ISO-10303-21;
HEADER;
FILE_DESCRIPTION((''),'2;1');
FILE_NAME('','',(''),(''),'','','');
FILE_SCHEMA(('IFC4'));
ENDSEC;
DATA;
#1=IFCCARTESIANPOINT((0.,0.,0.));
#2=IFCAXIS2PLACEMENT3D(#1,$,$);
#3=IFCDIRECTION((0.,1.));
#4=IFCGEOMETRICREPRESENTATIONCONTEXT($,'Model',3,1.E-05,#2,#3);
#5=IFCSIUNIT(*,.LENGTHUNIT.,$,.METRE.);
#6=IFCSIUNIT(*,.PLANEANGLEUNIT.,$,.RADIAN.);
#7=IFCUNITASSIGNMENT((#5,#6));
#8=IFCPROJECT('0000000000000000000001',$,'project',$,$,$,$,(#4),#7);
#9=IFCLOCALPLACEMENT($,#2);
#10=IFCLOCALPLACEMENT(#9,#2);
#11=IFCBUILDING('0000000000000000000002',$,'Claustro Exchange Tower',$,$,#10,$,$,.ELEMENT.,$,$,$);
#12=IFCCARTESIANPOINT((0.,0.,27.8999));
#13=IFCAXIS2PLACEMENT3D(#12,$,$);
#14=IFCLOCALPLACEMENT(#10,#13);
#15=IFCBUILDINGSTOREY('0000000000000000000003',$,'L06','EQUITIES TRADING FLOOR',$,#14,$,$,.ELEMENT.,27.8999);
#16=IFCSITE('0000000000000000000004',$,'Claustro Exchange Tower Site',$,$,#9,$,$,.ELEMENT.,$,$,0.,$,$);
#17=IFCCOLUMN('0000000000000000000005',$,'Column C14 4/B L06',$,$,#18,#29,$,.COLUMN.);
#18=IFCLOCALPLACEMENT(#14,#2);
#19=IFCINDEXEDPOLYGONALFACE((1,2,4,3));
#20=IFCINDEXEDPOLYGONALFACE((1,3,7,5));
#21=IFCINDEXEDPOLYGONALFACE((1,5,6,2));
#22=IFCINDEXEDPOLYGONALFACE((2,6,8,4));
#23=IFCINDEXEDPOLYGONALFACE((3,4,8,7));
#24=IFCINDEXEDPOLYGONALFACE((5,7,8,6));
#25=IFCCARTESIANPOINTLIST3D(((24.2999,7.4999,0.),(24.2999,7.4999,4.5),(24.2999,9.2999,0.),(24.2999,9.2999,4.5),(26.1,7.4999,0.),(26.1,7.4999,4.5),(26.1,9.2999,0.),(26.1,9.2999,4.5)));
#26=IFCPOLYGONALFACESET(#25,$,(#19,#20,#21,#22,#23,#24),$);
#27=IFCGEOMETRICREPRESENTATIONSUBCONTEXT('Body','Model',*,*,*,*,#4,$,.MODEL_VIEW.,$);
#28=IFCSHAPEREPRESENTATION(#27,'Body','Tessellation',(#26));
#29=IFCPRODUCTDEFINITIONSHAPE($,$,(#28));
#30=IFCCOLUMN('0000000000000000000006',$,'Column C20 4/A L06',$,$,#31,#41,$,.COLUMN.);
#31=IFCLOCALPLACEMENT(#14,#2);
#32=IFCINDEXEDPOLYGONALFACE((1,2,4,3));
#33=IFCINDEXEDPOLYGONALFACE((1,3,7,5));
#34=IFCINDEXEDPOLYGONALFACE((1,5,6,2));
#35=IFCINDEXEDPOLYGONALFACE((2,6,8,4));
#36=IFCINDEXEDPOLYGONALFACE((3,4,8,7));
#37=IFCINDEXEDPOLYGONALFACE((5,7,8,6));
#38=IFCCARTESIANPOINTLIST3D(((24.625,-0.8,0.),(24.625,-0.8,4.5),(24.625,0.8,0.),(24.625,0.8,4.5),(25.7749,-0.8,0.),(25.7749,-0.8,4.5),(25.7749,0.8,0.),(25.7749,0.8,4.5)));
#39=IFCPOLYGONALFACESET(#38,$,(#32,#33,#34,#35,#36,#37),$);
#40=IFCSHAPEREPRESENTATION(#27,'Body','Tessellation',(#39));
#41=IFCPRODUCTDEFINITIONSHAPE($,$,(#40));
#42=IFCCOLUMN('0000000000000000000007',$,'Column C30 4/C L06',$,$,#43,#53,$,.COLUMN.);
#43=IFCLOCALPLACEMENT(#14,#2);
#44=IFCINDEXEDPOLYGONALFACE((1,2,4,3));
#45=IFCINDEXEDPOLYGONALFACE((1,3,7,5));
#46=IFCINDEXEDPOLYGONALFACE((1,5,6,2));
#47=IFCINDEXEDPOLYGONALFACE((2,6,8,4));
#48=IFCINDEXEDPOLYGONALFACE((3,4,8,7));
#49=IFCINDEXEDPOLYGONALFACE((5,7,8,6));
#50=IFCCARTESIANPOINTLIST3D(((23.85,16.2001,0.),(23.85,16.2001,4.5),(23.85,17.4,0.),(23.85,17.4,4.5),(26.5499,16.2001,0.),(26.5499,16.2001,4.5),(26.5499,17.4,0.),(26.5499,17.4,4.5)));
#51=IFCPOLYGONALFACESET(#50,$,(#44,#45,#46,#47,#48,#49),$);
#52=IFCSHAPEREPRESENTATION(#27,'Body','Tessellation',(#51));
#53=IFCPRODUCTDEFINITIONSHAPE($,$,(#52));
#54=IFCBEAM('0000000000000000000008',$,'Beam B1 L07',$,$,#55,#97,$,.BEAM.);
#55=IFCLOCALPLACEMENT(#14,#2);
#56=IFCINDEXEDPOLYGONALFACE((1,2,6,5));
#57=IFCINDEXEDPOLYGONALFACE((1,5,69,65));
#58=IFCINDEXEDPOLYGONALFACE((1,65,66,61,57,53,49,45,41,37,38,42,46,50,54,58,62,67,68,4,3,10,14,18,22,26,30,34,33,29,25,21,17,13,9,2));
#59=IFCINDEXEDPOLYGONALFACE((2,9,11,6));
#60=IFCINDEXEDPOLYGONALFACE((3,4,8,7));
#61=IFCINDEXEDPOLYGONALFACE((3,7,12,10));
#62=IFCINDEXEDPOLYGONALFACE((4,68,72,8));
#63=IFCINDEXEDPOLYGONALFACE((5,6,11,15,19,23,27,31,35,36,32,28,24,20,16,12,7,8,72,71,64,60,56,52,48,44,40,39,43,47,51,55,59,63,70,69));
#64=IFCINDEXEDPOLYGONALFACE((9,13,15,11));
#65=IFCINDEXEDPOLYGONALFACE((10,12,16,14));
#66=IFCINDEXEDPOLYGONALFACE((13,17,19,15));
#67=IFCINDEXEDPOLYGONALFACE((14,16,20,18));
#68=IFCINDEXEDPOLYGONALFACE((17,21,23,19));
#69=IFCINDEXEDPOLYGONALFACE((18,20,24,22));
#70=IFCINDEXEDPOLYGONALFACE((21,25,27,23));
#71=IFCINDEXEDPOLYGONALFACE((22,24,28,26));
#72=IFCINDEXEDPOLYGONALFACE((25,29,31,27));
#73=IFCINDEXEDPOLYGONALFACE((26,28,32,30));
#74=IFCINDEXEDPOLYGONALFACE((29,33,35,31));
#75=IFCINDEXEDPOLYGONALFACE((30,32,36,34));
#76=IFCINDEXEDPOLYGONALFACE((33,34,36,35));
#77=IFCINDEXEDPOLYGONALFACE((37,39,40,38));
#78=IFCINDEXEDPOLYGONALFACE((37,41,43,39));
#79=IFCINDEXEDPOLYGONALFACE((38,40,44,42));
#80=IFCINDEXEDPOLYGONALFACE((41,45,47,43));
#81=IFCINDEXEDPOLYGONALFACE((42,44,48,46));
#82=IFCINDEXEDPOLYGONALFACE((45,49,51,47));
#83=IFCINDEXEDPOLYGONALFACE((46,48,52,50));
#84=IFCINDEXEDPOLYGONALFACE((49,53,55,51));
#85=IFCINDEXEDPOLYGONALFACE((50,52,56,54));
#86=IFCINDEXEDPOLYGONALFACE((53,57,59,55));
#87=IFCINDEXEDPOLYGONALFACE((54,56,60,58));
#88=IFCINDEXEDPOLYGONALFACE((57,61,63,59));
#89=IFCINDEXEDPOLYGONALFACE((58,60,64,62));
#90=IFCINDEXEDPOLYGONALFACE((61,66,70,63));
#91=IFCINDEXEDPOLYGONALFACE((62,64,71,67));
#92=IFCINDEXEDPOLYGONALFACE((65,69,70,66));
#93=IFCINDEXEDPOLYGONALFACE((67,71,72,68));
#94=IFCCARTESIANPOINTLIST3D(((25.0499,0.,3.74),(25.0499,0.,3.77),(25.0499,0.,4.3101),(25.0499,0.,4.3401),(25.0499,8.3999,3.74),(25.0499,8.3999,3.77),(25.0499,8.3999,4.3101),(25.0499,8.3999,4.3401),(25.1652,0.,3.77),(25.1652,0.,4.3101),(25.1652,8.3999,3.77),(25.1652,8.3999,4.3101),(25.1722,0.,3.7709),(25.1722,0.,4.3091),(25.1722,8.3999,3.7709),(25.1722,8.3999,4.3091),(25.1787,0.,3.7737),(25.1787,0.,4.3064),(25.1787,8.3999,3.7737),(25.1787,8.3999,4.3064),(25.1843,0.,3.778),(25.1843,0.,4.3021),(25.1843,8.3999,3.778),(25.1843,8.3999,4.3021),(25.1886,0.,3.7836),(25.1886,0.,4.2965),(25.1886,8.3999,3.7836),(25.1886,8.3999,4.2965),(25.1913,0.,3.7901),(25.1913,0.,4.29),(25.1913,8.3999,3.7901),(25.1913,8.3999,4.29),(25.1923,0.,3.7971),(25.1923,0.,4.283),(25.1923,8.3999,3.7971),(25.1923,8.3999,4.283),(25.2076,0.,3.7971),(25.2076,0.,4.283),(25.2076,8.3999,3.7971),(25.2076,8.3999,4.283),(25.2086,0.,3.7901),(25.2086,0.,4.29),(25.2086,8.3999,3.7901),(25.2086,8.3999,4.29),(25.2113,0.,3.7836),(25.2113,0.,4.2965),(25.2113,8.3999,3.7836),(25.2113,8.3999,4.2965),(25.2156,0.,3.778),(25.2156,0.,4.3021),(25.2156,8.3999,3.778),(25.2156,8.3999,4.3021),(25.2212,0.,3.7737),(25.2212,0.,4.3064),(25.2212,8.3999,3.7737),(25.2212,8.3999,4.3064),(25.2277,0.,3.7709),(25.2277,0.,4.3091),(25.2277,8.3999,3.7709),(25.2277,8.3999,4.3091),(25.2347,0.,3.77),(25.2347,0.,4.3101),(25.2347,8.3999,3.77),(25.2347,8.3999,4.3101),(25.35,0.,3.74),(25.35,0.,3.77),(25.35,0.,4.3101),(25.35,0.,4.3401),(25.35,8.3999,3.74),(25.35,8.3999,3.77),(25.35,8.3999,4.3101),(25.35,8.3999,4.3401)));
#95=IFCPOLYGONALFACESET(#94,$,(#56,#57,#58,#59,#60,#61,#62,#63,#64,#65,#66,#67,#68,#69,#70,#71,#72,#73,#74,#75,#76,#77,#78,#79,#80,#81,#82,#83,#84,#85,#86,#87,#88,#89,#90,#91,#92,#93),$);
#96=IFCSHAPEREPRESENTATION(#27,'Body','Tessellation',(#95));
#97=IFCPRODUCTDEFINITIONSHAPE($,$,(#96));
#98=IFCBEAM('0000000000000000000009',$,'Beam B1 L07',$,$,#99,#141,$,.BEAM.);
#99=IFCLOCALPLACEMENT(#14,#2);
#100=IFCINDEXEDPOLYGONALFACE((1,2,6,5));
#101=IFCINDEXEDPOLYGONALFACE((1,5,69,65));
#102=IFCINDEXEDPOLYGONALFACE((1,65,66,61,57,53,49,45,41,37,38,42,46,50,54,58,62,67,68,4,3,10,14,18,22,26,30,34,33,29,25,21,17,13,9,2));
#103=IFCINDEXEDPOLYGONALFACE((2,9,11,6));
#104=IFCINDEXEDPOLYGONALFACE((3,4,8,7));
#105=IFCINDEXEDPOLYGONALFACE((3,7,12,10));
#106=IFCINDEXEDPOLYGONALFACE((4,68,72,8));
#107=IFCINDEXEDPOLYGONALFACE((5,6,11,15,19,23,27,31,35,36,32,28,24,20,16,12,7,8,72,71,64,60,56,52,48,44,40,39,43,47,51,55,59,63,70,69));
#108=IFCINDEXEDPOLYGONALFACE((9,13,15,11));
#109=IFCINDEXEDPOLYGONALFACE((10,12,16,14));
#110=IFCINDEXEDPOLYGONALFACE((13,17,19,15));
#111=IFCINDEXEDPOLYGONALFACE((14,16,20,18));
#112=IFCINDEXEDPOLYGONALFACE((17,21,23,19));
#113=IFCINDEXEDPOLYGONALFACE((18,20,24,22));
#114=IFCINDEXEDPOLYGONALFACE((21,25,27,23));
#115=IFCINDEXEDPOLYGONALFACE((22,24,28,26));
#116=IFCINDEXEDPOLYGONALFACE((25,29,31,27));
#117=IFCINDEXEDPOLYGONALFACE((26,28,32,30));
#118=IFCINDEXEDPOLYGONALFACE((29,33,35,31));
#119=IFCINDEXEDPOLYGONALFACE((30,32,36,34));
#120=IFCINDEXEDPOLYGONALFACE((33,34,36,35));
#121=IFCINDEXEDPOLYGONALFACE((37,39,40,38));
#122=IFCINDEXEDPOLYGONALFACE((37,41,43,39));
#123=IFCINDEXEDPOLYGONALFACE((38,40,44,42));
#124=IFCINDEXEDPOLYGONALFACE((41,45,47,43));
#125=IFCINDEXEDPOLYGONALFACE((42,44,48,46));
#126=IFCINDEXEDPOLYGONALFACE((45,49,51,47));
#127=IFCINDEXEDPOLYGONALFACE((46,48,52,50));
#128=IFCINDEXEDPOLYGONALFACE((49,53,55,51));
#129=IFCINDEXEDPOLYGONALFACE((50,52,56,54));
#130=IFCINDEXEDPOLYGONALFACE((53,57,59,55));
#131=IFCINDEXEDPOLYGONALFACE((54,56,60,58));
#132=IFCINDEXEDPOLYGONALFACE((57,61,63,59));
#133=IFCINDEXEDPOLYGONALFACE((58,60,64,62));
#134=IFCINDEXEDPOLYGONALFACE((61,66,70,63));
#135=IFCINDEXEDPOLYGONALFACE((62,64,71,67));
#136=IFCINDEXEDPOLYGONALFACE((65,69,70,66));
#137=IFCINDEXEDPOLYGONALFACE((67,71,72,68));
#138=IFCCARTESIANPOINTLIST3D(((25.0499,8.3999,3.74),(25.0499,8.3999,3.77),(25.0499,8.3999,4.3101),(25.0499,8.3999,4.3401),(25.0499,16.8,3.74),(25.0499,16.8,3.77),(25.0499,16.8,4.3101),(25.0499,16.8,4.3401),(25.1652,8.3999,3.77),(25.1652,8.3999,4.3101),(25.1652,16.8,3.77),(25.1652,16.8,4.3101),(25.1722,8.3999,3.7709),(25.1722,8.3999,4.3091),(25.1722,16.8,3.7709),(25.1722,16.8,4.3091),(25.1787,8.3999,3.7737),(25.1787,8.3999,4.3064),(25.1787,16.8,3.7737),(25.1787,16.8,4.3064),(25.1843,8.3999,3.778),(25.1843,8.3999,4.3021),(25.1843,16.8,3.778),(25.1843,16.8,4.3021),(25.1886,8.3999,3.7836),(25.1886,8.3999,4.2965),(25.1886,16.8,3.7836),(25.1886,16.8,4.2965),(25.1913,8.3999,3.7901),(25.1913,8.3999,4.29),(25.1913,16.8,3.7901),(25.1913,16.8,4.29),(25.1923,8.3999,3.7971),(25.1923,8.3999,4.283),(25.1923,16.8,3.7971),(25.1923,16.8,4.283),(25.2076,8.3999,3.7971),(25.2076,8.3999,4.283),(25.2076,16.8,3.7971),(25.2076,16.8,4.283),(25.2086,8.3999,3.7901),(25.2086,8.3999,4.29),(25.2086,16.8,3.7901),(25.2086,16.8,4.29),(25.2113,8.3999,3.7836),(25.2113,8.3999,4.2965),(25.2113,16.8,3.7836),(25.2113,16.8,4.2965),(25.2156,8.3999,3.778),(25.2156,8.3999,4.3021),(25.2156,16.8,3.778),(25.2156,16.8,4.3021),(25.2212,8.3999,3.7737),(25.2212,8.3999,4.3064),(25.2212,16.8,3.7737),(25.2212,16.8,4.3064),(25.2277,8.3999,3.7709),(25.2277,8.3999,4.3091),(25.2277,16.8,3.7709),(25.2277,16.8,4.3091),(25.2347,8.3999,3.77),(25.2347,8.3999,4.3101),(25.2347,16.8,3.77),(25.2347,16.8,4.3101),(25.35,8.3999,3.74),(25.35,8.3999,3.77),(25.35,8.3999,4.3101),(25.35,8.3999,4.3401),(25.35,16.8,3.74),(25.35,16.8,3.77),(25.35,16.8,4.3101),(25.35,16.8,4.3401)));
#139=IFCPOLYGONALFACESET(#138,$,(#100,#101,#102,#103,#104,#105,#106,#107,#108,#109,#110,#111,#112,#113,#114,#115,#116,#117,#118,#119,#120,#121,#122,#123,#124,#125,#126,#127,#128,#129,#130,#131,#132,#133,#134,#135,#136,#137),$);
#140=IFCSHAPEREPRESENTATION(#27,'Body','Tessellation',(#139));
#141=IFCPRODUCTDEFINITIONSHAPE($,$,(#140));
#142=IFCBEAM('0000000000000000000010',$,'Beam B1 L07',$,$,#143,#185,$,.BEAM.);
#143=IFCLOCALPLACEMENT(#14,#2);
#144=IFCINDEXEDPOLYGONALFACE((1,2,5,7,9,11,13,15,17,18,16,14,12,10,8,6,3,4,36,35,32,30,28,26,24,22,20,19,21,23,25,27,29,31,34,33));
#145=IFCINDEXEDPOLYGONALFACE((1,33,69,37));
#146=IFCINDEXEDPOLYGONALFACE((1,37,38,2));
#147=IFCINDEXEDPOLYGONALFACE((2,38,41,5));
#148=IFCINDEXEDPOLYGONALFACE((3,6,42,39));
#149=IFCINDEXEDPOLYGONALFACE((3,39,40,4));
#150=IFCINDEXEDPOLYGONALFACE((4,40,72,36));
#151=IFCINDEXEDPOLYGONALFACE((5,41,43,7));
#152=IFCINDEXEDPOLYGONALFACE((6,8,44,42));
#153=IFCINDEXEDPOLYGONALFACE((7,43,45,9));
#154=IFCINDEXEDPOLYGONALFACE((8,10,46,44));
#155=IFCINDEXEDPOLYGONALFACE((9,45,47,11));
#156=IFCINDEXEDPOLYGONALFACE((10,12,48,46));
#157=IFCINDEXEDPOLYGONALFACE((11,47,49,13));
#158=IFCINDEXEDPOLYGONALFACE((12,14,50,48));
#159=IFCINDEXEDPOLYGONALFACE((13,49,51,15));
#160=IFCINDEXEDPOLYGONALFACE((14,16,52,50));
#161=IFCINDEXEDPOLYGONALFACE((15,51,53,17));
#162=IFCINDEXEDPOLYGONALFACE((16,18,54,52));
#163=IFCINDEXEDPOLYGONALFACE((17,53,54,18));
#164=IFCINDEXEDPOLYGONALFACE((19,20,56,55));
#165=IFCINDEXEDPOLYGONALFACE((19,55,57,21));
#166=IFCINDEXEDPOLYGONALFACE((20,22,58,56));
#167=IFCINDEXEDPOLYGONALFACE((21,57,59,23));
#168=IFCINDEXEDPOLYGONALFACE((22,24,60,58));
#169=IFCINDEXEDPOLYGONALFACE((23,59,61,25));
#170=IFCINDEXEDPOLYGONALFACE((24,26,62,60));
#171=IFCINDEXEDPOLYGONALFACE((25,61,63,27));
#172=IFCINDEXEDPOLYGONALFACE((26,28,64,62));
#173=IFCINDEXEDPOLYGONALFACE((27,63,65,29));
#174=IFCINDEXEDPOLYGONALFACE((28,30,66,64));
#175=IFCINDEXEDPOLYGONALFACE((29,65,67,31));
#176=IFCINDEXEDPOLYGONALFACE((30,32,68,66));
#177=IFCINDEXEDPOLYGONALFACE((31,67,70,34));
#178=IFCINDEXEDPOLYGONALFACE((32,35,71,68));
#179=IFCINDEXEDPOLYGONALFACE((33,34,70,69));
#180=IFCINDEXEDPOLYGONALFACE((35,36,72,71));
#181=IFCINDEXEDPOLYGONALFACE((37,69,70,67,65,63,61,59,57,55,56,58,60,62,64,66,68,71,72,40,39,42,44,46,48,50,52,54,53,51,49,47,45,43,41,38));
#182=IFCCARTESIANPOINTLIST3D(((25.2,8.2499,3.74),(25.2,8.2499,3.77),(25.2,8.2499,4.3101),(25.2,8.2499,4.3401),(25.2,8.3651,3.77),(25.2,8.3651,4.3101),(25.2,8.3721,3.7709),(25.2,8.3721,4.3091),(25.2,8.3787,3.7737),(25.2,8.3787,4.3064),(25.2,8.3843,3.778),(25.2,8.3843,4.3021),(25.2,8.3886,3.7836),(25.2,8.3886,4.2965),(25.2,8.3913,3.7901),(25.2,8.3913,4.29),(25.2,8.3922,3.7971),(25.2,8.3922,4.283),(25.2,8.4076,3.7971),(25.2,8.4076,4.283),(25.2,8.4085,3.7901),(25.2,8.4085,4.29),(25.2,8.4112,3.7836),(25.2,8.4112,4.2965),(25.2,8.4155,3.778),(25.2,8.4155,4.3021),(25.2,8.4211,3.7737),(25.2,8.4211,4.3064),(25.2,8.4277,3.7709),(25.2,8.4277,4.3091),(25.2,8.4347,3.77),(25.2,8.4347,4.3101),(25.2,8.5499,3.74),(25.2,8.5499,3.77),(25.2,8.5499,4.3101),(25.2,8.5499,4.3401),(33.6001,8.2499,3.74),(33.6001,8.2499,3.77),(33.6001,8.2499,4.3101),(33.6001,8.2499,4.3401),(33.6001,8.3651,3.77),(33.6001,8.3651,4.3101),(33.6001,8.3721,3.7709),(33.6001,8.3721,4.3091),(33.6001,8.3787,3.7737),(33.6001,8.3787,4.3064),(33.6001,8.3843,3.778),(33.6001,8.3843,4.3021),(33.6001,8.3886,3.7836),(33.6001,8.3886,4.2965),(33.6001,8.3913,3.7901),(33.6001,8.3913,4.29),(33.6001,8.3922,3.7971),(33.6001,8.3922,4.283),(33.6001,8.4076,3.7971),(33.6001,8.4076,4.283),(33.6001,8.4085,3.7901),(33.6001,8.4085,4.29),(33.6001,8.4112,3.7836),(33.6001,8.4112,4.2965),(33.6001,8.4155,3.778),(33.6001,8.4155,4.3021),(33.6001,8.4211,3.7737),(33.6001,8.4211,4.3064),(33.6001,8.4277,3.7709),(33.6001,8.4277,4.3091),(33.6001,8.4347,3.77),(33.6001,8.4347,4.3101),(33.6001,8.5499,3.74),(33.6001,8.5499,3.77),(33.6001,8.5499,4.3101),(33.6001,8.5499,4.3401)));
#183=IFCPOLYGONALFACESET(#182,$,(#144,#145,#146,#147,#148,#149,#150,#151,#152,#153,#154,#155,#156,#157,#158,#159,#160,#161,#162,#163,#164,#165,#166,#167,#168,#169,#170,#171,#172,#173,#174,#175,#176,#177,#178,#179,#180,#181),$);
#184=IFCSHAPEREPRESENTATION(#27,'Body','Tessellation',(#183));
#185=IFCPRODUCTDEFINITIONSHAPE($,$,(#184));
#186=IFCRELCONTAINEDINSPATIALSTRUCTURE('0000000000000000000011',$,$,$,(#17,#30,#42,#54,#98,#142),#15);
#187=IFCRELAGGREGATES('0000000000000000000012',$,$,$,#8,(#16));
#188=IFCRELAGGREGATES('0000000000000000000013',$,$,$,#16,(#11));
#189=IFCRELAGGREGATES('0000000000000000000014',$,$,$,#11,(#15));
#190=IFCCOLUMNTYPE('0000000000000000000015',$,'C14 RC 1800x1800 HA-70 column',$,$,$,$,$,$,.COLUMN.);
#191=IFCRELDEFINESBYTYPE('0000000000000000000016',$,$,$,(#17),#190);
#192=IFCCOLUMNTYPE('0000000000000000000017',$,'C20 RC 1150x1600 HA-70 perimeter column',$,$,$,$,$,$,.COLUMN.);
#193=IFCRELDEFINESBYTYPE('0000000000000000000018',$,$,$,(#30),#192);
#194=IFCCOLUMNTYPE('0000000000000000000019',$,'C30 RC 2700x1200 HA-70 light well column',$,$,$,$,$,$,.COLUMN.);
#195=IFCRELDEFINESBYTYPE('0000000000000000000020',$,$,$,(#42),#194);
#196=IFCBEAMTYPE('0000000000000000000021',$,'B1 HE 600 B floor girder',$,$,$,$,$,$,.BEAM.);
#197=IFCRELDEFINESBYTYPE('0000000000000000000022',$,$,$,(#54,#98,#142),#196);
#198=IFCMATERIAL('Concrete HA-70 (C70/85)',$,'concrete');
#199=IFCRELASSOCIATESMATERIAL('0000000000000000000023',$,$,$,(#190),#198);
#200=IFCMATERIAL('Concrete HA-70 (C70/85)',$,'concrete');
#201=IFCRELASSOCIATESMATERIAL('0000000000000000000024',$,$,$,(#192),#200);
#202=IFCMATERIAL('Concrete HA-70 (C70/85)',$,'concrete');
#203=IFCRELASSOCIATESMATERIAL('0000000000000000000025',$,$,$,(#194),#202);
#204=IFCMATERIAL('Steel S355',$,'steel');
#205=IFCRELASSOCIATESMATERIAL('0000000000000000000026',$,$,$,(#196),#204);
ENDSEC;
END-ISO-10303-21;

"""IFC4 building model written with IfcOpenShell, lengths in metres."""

from ifc_helpers import new_model, si_unit, direction, frame, origin, origin_2d, place, context, subcontext, project, spatial, rectangle, i_section, extrude, material, material_profile, profile_set, type_object, element, save


model = new_model("IFC4")

# Units and contexts
model_context = context("Model", 3, precision=1e-05, world=origin(), true_north=direction((0.0, 1.0)))
body_context = subcontext(model_context, "Body", "Model", "MODEL_VIEW")
ifc_project = project(units=[si_unit("LENGTHUNIT", "METRE"), si_unit("PLANEANGLEUNIT", "RADIAN")], contexts=[model_context])

# Site, building, storey
site_placement = place(None, origin())
site = spatial("IfcSite", under=ifc_project, at=site_placement, Name="Claustro Exchange Tower Site", CompositionType="ELEMENT", RefElevation=0.0)
building_placement = place(site_placement, origin())
building = spatial("IfcBuilding", under=site, at=building_placement, Name="Claustro Exchange Tower", CompositionType="ELEMENT")
storey_placement = place(building_placement, frame((0.0, 0.0, 27.8999)))
storey = spatial("IfcBuildingStorey", under=building, at=storey_placement, Name="L06", Description="EQUITIES TRADING FLOOR", CompositionType="ELEMENT", Elevation=27.8999)

# Columns
ifc_material_1 = material(Name="Concrete HA-70 (C70/85)", Category="concrete")
ifc_material_profile_1 = material_profile(ifc_material_1, rectangle(XDim=1.8, YDim=1.8, at=origin_2d()), Name="RC 1800x1800")
ifc_profile_set_1 = profile_set([ifc_material_profile_1], Name="Concrete HA-70 (C70/85)")
column_type_1 = type_object("IfcColumnType", Name="C14 RC 1800x1800 HA-70 column", PredefinedType="COLUMN", material=ifc_profile_set_1)
column_1_placement = place(storey_placement, frame((25.2, 8.3999, 0.0), z_axis=(0.0, 0.0, 1.0), x_axis=(1.0, 0.0, 0.0)))
element("IfcColumn", 1, at=column_1_placement, inside=storey, type_object=column_type_1, Name="Column C14 4/B L06", PredefinedType="COLUMN", context=body_context, shape_type="SweptSolid", body=[
    extrude(rectangle(XDim=1.8, YDim=1.8, at=origin_2d()), origin(), (0.0, 0.0, 1.0), 4.5),
])
ifc_material_2 = material(Name="Concrete HA-70 (C70/85)", Category="concrete")
ifc_material_profile_2 = material_profile(ifc_material_2, rectangle(XDim=1.1499, YDim=1.6001, at=origin_2d()), Name="RC 1150x1600")
ifc_profile_set_2 = profile_set([ifc_material_profile_2], Name="Concrete HA-70 (C70/85)")
column_type_2 = type_object("IfcColumnType", Name="C20 RC 1150x1600 HA-70 perimeter column", PredefinedType="COLUMN", material=ifc_profile_set_2)
column_2_placement = place(storey_placement, frame((25.2, 0.0, 0.0), z_axis=(0.0, 0.0, 1.0), x_axis=(1.0, 0.0, 0.0)))
element("IfcColumn", 2, at=column_2_placement, inside=storey, type_object=column_type_2, Name="Column C20 4/A L06", PredefinedType="COLUMN", context=body_context, shape_type="SweptSolid", body=[
    extrude(rectangle(XDim=1.1499, YDim=1.6001, at=origin_2d()), origin(), (0.0, 0.0, 1.0), 4.5),
])
ifc_material_3 = material(Name="Concrete HA-70 (C70/85)", Category="concrete")
ifc_material_profile_3 = material_profile(ifc_material_3, rectangle(XDim=2.7, YDim=1.2, at=origin_2d()), Name="RC 2700x1200")
ifc_profile_set_3 = profile_set([ifc_material_profile_3], Name="Concrete HA-70 (C70/85)")
column_type_3 = type_object("IfcColumnType", Name="C30 RC 2700x1200 HA-70 light well column", PredefinedType="COLUMN", material=ifc_profile_set_3)
column_3_placement = place(storey_placement, frame((25.2, 16.8, 0.0), z_axis=(0.0, 0.0, 1.0), x_axis=(1.0, 0.0, 0.0)))
element("IfcColumn", 3, at=column_3_placement, inside=storey, type_object=column_type_3, Name="Column C30 4/C L06", PredefinedType="COLUMN", context=body_context, shape_type="SweptSolid", body=[
    extrude(rectangle(XDim=2.7, YDim=1.2, at=origin_2d()), origin(), (0.0, 0.0, 1.0), 4.5),
])

# Beams
ifc_material_4 = material(Name="Steel S355", Category="steel")
ifc_material_profile_4 = material_profile(ifc_material_4, i_section(OverallWidth=0.3, OverallDepth=0.6001, WebThickness=0.0154, FlangeThickness=0.03, FilletRadius=0.0271, at=origin_2d()), Name="HE 600 B")
ifc_profile_set_4 = profile_set([ifc_material_profile_4], Name="Steel S355")
beam_type_1 = type_object("IfcBeamType", Name="B1 HE 600 B floor girder", PredefinedType="BEAM", material=ifc_profile_set_4)
beam_1_placement = place(storey_placement, frame((25.2, 0.0, 4.04), z_axis=(0.0, 1.0, 0.0), x_axis=(-1.0, 0.0, 0.0)))
element("IfcBeam", 4, at=beam_1_placement, inside=storey, type_object=beam_type_1, Name="Beam B1 L07", PredefinedType="BEAM", context=body_context, shape_type="SweptSolid", body=[
    extrude(i_section(OverallWidth=0.3, OverallDepth=0.6001, WebThickness=0.0154, FlangeThickness=0.03, FilletRadius=0.0271, at=origin_2d()), origin(), (0.0, 0.0, 1.0), 8.3999),
])
for number, where, z_axis, x_axis, name in (
    (5, (25.2, 8.3999, 4.04), (0.0, 1.0, 0.0), (-1.0, 0.0, 0.0), "Beam B1 L07"),
    (6, (25.2, 8.3999, 4.04), (1.0, 0.0, 0.0), (0.0, 1.0, 0.0), "Beam B1 L07"),
):
    element("IfcBeam", number, at=place(storey_placement, frame(where, z_axis=z_axis, x_axis=x_axis)), inside=storey, type_object=beam_type_1, Name=name, PredefinedType="BEAM", context=body_context, shape_type="SweptSolid", body=[
        extrude(i_section(OverallWidth=0.3, OverallDepth=0.6001, WebThickness=0.0154, FlangeThickness=0.03, FilletRadius=0.0271, at=origin_2d()), origin(), (0.0, 0.0, 1.0), 8.4001),
    ])

save(model, "model.ifc")
